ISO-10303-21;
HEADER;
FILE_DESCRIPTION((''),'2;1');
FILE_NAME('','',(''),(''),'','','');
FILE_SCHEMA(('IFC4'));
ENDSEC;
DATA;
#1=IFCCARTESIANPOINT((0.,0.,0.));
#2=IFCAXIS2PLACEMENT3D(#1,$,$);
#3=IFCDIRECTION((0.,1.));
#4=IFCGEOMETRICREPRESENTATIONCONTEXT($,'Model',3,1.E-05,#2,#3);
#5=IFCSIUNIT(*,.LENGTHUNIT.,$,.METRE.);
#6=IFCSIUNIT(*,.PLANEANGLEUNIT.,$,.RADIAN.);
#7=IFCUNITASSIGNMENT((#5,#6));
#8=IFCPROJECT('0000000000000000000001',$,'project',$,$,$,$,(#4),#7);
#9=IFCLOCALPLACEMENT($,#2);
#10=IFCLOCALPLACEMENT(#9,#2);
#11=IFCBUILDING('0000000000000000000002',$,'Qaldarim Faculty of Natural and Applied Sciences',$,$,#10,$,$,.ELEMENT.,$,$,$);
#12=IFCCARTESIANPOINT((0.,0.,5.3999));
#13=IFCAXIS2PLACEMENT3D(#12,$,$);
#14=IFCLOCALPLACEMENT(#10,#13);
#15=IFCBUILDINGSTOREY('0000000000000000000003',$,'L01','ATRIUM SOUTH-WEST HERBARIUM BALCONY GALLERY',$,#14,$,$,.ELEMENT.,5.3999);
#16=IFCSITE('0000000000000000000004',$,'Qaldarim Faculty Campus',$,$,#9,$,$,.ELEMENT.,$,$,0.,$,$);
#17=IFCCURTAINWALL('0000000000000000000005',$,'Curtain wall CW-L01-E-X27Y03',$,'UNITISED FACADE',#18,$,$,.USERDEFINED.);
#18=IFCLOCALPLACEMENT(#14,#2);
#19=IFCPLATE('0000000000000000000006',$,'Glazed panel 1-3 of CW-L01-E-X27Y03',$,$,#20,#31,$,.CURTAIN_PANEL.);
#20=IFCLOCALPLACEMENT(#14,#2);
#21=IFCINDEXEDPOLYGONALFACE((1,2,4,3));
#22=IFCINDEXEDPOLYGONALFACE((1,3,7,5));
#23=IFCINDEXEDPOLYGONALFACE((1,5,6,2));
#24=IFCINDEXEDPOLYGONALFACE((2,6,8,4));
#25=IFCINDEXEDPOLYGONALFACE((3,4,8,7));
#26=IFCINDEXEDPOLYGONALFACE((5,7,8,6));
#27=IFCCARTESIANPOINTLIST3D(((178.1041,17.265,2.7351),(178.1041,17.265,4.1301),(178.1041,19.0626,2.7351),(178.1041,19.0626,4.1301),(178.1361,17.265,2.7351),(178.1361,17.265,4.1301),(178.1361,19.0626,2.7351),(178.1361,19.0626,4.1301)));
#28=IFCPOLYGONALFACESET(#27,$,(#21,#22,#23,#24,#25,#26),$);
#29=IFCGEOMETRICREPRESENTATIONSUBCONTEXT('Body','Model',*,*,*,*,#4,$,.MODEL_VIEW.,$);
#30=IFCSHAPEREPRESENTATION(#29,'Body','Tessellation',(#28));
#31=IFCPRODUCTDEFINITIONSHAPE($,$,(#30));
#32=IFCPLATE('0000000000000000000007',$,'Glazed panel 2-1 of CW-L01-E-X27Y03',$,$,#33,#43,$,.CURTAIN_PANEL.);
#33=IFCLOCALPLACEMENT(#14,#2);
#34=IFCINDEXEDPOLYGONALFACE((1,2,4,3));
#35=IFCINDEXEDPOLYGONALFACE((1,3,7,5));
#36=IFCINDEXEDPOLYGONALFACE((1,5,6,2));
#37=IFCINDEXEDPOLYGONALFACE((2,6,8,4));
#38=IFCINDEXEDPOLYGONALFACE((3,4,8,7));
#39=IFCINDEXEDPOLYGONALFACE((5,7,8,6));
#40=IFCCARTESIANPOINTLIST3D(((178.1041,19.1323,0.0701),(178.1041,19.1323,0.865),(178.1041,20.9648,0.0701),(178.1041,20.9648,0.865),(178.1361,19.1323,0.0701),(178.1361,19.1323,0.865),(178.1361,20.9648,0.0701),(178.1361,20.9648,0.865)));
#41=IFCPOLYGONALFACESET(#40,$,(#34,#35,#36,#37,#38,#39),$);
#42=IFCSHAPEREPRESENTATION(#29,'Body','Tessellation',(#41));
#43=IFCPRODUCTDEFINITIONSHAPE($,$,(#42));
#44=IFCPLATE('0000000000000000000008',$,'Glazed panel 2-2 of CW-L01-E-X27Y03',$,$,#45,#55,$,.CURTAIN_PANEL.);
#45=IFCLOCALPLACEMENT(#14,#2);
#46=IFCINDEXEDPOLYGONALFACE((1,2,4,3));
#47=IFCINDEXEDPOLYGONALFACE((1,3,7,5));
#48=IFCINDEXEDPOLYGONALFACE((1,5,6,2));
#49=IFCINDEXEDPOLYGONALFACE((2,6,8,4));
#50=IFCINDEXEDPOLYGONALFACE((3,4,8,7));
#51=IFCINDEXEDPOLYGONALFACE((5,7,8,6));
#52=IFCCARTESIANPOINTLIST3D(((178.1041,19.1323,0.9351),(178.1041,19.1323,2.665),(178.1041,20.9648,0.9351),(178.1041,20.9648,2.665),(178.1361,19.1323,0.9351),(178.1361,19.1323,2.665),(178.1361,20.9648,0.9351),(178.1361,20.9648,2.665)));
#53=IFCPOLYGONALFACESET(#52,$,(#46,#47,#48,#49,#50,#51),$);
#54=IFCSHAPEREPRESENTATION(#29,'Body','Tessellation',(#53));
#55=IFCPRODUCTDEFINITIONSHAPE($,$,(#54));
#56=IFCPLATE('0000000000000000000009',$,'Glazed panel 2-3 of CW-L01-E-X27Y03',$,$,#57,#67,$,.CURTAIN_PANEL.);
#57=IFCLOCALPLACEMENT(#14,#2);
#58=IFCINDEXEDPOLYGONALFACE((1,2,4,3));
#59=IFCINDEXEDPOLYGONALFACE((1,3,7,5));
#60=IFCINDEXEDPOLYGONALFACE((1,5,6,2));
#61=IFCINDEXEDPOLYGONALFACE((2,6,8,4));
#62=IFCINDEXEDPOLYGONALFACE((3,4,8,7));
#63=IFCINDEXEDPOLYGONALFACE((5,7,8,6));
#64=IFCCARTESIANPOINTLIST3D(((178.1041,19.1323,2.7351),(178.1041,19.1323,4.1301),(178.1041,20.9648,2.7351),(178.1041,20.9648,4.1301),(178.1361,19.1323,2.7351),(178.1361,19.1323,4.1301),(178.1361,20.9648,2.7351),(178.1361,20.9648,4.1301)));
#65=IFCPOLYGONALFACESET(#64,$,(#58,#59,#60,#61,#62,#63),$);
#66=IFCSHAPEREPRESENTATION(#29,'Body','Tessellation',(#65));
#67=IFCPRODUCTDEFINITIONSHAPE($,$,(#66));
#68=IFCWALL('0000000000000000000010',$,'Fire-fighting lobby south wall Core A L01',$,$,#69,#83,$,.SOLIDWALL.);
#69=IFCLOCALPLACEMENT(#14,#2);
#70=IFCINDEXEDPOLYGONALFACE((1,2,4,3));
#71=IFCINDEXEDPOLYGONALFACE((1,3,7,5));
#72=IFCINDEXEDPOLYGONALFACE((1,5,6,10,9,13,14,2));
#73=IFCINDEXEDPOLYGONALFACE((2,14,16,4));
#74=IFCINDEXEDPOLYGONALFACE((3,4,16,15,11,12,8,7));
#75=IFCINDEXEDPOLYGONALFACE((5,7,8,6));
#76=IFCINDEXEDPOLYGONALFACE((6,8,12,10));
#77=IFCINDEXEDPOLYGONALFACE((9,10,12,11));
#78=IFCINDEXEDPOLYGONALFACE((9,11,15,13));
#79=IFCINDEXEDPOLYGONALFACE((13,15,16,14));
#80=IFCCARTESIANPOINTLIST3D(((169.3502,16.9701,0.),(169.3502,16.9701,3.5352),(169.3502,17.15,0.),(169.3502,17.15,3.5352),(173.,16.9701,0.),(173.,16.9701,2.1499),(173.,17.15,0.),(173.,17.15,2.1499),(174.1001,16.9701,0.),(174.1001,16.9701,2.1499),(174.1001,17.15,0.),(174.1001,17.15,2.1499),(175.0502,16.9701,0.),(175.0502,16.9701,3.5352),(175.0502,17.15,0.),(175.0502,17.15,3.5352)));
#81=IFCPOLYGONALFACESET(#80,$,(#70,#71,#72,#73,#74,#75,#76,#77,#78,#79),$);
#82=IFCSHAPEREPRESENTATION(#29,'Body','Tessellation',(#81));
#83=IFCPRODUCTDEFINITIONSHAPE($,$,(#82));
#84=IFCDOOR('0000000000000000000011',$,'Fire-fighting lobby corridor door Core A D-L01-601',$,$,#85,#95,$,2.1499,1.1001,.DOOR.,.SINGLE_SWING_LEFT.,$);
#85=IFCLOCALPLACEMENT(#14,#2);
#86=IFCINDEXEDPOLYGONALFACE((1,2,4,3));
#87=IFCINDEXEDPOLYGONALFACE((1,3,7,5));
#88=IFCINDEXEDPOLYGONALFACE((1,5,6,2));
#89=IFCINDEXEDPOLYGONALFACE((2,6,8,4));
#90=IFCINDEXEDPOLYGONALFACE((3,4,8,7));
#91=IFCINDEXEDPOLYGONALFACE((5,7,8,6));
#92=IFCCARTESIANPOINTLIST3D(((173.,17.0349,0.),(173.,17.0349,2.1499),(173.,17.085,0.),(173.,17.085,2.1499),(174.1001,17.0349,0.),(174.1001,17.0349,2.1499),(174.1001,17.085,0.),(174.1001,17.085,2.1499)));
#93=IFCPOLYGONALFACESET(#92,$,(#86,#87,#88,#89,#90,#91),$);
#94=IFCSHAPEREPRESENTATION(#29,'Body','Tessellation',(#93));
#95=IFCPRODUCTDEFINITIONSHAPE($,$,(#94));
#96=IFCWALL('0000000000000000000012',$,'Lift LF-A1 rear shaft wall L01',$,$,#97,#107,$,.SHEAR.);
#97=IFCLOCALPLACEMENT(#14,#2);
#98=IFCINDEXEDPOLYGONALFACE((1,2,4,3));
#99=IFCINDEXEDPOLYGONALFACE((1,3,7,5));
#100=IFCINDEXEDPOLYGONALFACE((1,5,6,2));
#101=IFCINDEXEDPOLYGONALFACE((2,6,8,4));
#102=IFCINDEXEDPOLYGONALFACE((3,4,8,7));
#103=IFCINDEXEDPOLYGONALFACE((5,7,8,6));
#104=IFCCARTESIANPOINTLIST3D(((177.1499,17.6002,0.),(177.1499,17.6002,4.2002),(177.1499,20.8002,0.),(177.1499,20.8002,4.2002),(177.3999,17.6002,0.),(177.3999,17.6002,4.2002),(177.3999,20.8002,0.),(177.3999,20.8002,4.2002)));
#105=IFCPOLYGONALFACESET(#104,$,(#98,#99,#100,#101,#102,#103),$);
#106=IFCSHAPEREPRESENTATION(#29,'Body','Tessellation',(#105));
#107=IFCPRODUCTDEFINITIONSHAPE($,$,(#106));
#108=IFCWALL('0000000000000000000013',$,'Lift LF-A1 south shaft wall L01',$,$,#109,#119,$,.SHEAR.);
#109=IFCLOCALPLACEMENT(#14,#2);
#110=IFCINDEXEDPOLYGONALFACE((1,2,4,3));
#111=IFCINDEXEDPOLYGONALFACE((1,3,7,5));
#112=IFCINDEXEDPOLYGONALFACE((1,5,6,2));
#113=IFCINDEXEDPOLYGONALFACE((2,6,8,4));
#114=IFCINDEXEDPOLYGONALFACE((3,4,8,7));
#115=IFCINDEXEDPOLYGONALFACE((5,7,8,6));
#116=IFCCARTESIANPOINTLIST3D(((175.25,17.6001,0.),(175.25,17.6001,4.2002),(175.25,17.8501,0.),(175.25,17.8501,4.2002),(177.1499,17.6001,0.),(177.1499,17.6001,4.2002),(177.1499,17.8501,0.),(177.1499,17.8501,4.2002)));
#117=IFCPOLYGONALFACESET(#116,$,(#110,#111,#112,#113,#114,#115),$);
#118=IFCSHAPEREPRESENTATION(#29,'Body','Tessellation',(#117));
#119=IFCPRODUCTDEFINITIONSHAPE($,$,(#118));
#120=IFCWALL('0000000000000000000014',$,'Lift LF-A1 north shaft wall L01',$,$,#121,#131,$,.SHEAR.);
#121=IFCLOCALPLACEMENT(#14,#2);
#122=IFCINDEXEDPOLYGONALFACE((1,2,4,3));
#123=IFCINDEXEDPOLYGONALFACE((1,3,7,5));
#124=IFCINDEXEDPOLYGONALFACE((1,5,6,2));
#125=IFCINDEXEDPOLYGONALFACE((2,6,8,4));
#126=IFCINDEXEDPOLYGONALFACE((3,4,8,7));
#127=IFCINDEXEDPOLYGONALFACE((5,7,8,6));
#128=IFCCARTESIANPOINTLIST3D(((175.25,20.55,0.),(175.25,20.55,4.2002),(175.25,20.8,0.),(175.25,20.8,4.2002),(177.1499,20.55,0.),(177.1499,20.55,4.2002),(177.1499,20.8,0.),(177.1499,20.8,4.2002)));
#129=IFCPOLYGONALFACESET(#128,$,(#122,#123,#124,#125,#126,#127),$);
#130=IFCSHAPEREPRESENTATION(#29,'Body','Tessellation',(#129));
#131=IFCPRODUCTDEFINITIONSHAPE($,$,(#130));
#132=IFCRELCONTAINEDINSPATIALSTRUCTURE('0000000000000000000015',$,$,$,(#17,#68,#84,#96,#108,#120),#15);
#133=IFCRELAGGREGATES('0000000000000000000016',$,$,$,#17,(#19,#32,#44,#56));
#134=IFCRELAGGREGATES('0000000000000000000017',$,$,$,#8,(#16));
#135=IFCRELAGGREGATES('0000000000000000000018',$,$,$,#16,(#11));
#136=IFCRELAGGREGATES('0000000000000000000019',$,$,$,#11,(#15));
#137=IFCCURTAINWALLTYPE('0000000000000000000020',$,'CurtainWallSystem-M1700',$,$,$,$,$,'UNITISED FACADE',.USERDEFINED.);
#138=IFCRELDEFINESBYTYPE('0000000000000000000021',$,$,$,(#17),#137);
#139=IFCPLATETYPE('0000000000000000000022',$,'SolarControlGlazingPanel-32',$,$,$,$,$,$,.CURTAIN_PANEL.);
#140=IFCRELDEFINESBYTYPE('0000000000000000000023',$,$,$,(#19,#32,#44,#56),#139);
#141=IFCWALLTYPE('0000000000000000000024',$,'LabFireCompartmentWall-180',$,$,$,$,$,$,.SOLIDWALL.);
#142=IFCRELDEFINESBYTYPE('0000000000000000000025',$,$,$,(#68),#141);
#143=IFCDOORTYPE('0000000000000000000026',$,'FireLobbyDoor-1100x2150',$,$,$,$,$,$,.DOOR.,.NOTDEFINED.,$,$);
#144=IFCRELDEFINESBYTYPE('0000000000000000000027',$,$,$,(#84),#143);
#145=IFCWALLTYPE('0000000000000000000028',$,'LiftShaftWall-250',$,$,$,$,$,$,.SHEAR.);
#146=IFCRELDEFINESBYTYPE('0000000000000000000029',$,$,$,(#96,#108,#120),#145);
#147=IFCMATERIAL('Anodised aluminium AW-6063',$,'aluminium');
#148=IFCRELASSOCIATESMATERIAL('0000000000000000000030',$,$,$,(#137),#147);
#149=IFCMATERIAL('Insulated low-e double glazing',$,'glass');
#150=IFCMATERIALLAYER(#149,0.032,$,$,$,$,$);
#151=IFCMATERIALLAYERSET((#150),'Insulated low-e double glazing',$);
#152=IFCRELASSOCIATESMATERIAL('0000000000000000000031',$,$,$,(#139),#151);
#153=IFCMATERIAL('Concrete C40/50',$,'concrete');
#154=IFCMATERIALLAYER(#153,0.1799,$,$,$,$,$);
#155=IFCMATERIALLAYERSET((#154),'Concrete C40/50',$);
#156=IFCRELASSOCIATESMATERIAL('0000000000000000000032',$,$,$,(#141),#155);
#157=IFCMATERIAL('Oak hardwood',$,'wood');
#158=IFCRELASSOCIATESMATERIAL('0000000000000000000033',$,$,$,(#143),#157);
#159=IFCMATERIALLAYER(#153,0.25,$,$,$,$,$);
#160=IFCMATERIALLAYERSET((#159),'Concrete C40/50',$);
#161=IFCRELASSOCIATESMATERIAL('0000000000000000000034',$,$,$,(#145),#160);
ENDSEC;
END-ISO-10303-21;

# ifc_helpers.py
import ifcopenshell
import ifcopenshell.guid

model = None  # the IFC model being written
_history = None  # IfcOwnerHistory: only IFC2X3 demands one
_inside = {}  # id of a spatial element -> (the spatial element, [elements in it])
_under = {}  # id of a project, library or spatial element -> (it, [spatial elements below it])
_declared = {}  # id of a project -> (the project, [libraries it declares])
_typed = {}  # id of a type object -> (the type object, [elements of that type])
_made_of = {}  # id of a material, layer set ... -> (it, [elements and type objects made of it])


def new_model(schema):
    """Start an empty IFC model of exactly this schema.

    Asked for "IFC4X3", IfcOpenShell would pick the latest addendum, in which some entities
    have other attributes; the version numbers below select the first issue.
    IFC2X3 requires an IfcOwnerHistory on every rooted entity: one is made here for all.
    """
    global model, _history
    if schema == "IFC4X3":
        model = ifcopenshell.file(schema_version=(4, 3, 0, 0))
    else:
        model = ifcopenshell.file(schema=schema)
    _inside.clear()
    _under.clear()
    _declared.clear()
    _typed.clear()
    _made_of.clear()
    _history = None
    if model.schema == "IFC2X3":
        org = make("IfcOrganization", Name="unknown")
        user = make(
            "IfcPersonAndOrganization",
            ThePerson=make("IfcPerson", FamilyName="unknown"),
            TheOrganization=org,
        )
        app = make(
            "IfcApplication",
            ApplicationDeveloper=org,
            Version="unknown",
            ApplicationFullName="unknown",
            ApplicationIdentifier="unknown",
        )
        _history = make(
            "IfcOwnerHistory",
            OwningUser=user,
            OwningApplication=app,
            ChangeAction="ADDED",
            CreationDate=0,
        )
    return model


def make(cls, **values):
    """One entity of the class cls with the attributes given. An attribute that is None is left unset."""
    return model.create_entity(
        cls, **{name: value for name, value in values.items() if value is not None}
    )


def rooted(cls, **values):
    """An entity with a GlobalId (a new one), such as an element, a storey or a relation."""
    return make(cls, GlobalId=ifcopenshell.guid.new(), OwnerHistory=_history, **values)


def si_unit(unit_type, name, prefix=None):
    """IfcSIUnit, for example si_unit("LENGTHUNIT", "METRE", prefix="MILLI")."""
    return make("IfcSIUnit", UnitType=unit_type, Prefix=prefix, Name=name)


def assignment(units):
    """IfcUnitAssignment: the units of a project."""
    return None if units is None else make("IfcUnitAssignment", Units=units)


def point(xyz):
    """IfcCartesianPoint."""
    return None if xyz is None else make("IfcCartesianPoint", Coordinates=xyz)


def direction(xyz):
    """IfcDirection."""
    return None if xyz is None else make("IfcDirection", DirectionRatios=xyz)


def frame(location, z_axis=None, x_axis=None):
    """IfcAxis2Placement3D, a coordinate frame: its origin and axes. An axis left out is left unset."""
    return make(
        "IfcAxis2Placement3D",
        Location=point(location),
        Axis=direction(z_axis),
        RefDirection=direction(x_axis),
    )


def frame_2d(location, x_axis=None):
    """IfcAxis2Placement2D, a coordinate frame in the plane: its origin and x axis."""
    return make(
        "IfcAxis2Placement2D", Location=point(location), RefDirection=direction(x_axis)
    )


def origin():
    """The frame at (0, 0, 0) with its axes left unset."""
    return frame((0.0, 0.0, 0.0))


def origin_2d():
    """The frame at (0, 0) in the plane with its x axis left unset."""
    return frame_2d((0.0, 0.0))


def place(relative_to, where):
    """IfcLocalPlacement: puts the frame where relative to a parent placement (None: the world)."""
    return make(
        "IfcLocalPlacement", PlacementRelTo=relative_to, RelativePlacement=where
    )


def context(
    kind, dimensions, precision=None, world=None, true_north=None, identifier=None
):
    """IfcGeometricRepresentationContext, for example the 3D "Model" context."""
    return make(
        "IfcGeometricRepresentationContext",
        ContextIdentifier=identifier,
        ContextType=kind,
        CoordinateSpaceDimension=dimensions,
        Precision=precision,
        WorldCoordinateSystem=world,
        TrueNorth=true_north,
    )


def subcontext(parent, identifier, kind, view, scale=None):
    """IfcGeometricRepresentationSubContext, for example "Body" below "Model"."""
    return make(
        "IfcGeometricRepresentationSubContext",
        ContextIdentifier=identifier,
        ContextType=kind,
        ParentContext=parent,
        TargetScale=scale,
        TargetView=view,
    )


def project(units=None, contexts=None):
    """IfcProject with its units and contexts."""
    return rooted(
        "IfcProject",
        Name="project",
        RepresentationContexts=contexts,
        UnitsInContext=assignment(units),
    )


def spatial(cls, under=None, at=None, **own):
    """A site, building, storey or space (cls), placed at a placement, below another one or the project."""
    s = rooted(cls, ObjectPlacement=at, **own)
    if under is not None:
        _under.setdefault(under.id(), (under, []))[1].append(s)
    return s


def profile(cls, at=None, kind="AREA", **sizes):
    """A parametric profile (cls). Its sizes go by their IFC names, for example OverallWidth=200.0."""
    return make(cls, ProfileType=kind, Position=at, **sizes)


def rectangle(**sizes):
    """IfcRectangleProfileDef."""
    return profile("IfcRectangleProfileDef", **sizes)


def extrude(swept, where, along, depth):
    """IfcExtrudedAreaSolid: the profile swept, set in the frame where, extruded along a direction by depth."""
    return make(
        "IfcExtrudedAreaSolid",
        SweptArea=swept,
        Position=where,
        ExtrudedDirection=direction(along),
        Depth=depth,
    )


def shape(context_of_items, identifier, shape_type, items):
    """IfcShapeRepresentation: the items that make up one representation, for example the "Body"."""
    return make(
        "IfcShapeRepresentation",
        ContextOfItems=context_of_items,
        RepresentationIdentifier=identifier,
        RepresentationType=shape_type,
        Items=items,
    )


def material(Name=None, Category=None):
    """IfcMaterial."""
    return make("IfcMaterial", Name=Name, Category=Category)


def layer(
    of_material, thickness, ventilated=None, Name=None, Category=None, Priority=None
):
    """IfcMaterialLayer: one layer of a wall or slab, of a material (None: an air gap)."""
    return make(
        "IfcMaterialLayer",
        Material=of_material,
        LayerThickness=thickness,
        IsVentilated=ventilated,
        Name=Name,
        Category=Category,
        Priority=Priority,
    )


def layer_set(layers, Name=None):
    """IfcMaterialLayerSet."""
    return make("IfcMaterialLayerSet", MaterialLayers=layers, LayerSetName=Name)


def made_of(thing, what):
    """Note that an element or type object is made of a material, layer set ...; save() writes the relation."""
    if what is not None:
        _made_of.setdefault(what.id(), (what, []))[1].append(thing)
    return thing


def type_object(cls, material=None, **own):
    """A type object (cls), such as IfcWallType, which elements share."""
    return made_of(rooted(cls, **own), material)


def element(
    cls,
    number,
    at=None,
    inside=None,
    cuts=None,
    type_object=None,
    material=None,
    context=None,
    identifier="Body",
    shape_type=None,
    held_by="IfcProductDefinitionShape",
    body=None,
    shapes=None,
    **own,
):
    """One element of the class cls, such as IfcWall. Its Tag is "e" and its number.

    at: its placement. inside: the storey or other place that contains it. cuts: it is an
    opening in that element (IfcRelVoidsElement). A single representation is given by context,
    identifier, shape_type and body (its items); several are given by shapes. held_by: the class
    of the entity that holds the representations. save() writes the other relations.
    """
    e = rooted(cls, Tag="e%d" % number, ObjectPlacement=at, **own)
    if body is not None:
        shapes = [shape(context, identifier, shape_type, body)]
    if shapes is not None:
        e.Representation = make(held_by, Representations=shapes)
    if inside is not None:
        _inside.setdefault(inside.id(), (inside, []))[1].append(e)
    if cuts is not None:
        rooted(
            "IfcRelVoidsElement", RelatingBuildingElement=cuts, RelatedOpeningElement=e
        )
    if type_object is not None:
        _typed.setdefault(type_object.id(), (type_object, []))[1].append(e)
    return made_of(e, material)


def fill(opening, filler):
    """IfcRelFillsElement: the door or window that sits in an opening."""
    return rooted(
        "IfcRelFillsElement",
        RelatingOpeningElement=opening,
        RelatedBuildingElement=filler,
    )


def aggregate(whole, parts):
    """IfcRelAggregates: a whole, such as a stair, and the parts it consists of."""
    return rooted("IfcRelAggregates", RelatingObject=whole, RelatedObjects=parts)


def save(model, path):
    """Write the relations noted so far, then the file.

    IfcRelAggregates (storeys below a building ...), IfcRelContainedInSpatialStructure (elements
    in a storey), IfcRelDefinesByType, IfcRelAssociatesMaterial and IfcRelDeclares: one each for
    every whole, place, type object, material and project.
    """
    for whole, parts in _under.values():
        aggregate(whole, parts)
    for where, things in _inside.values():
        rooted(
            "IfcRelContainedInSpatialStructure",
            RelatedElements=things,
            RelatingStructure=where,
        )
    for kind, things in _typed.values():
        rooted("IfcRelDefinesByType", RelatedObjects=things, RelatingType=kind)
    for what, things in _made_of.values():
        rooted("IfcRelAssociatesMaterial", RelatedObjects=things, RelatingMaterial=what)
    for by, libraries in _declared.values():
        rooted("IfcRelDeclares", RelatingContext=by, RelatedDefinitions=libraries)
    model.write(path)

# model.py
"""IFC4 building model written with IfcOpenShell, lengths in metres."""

from ifc_helpers import new_model, si_unit, direction, frame, frame_2d, origin, origin_2d, place, context, subcontext, project, spatial, rectangle, extrude, material, layer, layer_set, type_object, element, fill, aggregate, save


model = new_model("IFC4")

# Units and contexts
model_context = context("Model", 3, precision=1e-05, world=origin(), true_north=direction((0.0, 1.0)))
body_context = subcontext(model_context, "Body", "Model", "MODEL_VIEW")
ifc_project = project(units=[si_unit("LENGTHUNIT", "METRE"), si_unit("PLANEANGLEUNIT", "RADIAN")], contexts=[model_context])

# Site, building, storey
site_placement = place(None, origin())
site = spatial("IfcSite", under=ifc_project, at=site_placement, Name="Qaldarim Faculty Campus", CompositionType="ELEMENT", RefElevation=0.0)
building_placement = place(site_placement, origin())
building = spatial("IfcBuilding", under=site, at=building_placement, Name="Qaldarim Faculty of Natural and Applied Sciences", CompositionType="ELEMENT")
storey_placement = place(building_placement, frame((0.0, 0.0, 5.3999)))
storey = spatial("IfcBuildingStorey", under=building, at=storey_placement, Name="L01", Description="ATRIUM SOUTH-WEST HERBARIUM BALCONY GALLERY", CompositionType="ELEMENT", Elevation=5.3999)

# Curtain wall, plates
ifc_material_1 = material(Name="Anodised aluminium AW-6063", Category="aluminium")
curtain_wall_type = type_object("IfcCurtainWallType", Name="CurtainWallSystem-M1700", ElementType="UNITISED FACADE", PredefinedType="USERDEFINED", material=ifc_material_1)
curtain_wall_placement = place(storey_placement, origin())
curtain_wall = element("IfcCurtainWall", 1, at=curtain_wall_placement, inside=storey, type_object=curtain_wall_type, Name="Curtain wall CW-L01-E-X27Y03", ObjectType="UNITISED FACADE", PredefinedType="USERDEFINED")
ifc_material_2 = material(Name="Insulated low-e double glazing", Category="glass")
ifc_layer_1 = layer(ifc_material_2, 0.032)
ifc_layer_set_1 = layer_set([ifc_layer_1], Name="Insulated low-e double glazing")
plate_type = type_object("IfcPlateType", Name="SolarControlGlazingPanel-32", PredefinedType="CURTAIN_PANEL", material=ifc_layer_set_1)
plate_1_placement = place(storey_placement, frame((178.1201, 18.1638, 2.7351), z_axis=(0.0, 0.0, 1.0), x_axis=(0.0, 1.0, 0.0)))
plate_1 = element("IfcPlate", 2, at=plate_1_placement, type_object=plate_type, Name="Glazed panel 1-3 of CW-L01-E-X27Y03", PredefinedType="CURTAIN_PANEL", context=body_context, shape_type="SweptSolid", body=[
    extrude(rectangle(XDim=1.7976, YDim=0.032, at=origin_2d()), origin(), (0.0, 0.0, 1.0), 1.395),
])
plate_2_placement = place(storey_placement, frame((178.1201, 20.0486, 0.0701), z_axis=(0.0, 0.0, 1.0), x_axis=(0.0, 1.0, 0.0)))
plate_2 = element("IfcPlate", 3, at=plate_2_placement, type_object=plate_type, Name="Glazed panel 2-1 of CW-L01-E-X27Y03", PredefinedType="CURTAIN_PANEL", context=body_context, shape_type="SweptSolid", body=[
    extrude(rectangle(XDim=1.8325, YDim=0.032, at=origin_2d()), origin(), (0.0, 0.0, 1.0), 0.7949),
])
plate_3_placement = place(storey_placement, frame((178.1201, 20.0486, 0.9351), z_axis=(0.0, 0.0, 1.0), x_axis=(0.0, 1.0, 0.0)))
plate_3 = element("IfcPlate", 4, at=plate_3_placement, type_object=plate_type, Name="Glazed panel 2-2 of CW-L01-E-X27Y03", PredefinedType="CURTAIN_PANEL", context=body_context, shape_type="SweptSolid", body=[
    extrude(rectangle(XDim=1.8325, YDim=0.032, at=origin_2d()), origin(), (0.0, 0.0, 1.0), 1.73),
])
plate_4_placement = place(storey_placement, frame((178.1201, 20.0486, 2.7351), z_axis=(0.0, 0.0, 1.0), x_axis=(0.0, 1.0, 0.0)))
plate_4 = element("IfcPlate", 5, at=plate_4_placement, type_object=plate_type, Name="Glazed panel 2-3 of CW-L01-E-X27Y03", PredefinedType="CURTAIN_PANEL", context=body_context, shape_type="SweptSolid", body=[
    extrude(rectangle(XDim=1.8325, YDim=0.032, at=origin_2d()), origin(), (0.0, 0.0, 1.0), 1.395),
])
aggregate(curtain_wall, [plate_1, plate_2, plate_3, plate_4])

# Wall, opening, door
ifc_material_3 = material(Name="Concrete C40/50", Category="concrete")
ifc_layer_2 = layer(ifc_material_3, 0.1799)
ifc_layer_set_2 = layer_set([ifc_layer_2], Name="Concrete C40/50")
wall_type_1 = type_object("IfcWallType", Name="LabFireCompartmentWall-180", PredefinedType="SOLIDWALL", material=ifc_layer_set_2)
wall_1_placement = place(storey_placement, frame((169.3501, 17.0601, 0.0), z_axis=(0.0, 0.0, 1.0), x_axis=(1.0, 0.0, 0.0)))
wall_1 = element("IfcWall", 6, at=wall_1_placement, inside=storey, type_object=wall_type_1, Name="Fire-fighting lobby south wall Core A L01", PredefinedType="SOLIDWALL", context=body_context, shape_type="SweptSolid", body=[
    extrude(rectangle(XDim=5.7, YDim=0.1799, at=frame_2d((2.8501, 0.0))), origin(), (0.0, 0.0, 1.0), 3.5352),
])
opening_1_placement = place(wall_1_placement, frame((3.6499, 0.0, 0.0)))
opening_1 = element("IfcOpeningElement", 7, at=opening_1_placement, cuts=wall_1, PredefinedType="OPENING", context=body_context, shape_type="SweptSolid", body=[
    extrude(rectangle(XDim=1.1001, YDim=2.1499, at=frame_2d((0.55, 1.075))), frame((0.0, 0.0999, 0.0), z_axis=(0.0, -1.0, 0.0), x_axis=(1.0, 0.0, 0.0)), (0.0, 0.0, 1.0), 0.2),
])
ifc_material_4 = material(Name="Oak hardwood", Category="wood")
door_type_1 = type_object("IfcDoorType", Name="FireLobbyDoor-1100x2150", OperationType="NOTDEFINED", PredefinedType="DOOR", material=ifc_material_4)
door_1_placement = place(opening_1_placement, origin())
door_1 = element("IfcDoor", 8, at=door_1_placement, inside=storey, type_object=door_type_1, Name="Fire-fighting lobby corridor door Core A D-L01-601", OperationType="SINGLE_SWING_LEFT", OverallHeight=2.1499, OverallWidth=1.1001, PredefinedType="DOOR", context=body_context, shape_type="SweptSolid", body=[
    extrude(rectangle(XDim=1.1001, YDim=2.1499, at=frame_2d((0.55, 1.075))), frame((0.0, 0.0249, 0.0), z_axis=(0.0, -1.0, 0.0), x_axis=(1.0, 0.0, 0.0)), (0.0, 0.0, 1.0), 0.05),
])
fill(opening_1, door_1)
ifc_layer_3 = layer(ifc_material_3, 0.25)
ifc_layer_set_3 = layer_set([ifc_layer_3], Name="Concrete C40/50")
wall_type_2 = type_object("IfcWallType", Name="LiftShaftWall-250", PredefinedType="SHEAR", material=ifc_layer_set_3)

# Walls
wall_2_placement = place(storey_placement, frame((177.2749, 17.6001, 0.0), z_axis=(0.0, 0.0, 1.0), x_axis=(0.0, 1.0, 0.0)))
element("IfcWall", 9, at=wall_2_placement, inside=storey, type_object=wall_type_2, Name="Lift LF-A1 rear shaft wall L01", PredefinedType="SHEAR", context=body_context, shape_type="SweptSolid", body=[
    extrude(rectangle(XDim=3.2, YDim=0.25, at=frame_2d((1.6001, 0.0))), origin(), (0.0, 0.0, 1.0), 4.2002),
])
for number, where, z_axis, x_axis, name in (
    (10, (175.25, 17.7251, 0.0), (0.0, 0.0, 1.0), (1.0, 0.0, 0.0), "Lift LF-A1 south shaft wall L01"),
    (11, (175.25, 20.675, 0.0), (0.0, 0.0, 1.0), (1.0, 0.0, 0.0), "Lift LF-A1 north shaft wall L01"),
):
    element("IfcWall", number, at=place(storey_placement, frame(where, z_axis=z_axis, x_axis=x_axis)), inside=storey, type_object=wall_type_2, Name=name, PredefinedType="SHEAR", context=body_context, shape_type="SweptSolid", body=[
        extrude(rectangle(XDim=1.8999, YDim=0.25, at=frame_2d((0.95, 0.0))), origin(), (0.0, 0.0, 1.0), 4.2002),
    ])

save(model, "model.ifc")
